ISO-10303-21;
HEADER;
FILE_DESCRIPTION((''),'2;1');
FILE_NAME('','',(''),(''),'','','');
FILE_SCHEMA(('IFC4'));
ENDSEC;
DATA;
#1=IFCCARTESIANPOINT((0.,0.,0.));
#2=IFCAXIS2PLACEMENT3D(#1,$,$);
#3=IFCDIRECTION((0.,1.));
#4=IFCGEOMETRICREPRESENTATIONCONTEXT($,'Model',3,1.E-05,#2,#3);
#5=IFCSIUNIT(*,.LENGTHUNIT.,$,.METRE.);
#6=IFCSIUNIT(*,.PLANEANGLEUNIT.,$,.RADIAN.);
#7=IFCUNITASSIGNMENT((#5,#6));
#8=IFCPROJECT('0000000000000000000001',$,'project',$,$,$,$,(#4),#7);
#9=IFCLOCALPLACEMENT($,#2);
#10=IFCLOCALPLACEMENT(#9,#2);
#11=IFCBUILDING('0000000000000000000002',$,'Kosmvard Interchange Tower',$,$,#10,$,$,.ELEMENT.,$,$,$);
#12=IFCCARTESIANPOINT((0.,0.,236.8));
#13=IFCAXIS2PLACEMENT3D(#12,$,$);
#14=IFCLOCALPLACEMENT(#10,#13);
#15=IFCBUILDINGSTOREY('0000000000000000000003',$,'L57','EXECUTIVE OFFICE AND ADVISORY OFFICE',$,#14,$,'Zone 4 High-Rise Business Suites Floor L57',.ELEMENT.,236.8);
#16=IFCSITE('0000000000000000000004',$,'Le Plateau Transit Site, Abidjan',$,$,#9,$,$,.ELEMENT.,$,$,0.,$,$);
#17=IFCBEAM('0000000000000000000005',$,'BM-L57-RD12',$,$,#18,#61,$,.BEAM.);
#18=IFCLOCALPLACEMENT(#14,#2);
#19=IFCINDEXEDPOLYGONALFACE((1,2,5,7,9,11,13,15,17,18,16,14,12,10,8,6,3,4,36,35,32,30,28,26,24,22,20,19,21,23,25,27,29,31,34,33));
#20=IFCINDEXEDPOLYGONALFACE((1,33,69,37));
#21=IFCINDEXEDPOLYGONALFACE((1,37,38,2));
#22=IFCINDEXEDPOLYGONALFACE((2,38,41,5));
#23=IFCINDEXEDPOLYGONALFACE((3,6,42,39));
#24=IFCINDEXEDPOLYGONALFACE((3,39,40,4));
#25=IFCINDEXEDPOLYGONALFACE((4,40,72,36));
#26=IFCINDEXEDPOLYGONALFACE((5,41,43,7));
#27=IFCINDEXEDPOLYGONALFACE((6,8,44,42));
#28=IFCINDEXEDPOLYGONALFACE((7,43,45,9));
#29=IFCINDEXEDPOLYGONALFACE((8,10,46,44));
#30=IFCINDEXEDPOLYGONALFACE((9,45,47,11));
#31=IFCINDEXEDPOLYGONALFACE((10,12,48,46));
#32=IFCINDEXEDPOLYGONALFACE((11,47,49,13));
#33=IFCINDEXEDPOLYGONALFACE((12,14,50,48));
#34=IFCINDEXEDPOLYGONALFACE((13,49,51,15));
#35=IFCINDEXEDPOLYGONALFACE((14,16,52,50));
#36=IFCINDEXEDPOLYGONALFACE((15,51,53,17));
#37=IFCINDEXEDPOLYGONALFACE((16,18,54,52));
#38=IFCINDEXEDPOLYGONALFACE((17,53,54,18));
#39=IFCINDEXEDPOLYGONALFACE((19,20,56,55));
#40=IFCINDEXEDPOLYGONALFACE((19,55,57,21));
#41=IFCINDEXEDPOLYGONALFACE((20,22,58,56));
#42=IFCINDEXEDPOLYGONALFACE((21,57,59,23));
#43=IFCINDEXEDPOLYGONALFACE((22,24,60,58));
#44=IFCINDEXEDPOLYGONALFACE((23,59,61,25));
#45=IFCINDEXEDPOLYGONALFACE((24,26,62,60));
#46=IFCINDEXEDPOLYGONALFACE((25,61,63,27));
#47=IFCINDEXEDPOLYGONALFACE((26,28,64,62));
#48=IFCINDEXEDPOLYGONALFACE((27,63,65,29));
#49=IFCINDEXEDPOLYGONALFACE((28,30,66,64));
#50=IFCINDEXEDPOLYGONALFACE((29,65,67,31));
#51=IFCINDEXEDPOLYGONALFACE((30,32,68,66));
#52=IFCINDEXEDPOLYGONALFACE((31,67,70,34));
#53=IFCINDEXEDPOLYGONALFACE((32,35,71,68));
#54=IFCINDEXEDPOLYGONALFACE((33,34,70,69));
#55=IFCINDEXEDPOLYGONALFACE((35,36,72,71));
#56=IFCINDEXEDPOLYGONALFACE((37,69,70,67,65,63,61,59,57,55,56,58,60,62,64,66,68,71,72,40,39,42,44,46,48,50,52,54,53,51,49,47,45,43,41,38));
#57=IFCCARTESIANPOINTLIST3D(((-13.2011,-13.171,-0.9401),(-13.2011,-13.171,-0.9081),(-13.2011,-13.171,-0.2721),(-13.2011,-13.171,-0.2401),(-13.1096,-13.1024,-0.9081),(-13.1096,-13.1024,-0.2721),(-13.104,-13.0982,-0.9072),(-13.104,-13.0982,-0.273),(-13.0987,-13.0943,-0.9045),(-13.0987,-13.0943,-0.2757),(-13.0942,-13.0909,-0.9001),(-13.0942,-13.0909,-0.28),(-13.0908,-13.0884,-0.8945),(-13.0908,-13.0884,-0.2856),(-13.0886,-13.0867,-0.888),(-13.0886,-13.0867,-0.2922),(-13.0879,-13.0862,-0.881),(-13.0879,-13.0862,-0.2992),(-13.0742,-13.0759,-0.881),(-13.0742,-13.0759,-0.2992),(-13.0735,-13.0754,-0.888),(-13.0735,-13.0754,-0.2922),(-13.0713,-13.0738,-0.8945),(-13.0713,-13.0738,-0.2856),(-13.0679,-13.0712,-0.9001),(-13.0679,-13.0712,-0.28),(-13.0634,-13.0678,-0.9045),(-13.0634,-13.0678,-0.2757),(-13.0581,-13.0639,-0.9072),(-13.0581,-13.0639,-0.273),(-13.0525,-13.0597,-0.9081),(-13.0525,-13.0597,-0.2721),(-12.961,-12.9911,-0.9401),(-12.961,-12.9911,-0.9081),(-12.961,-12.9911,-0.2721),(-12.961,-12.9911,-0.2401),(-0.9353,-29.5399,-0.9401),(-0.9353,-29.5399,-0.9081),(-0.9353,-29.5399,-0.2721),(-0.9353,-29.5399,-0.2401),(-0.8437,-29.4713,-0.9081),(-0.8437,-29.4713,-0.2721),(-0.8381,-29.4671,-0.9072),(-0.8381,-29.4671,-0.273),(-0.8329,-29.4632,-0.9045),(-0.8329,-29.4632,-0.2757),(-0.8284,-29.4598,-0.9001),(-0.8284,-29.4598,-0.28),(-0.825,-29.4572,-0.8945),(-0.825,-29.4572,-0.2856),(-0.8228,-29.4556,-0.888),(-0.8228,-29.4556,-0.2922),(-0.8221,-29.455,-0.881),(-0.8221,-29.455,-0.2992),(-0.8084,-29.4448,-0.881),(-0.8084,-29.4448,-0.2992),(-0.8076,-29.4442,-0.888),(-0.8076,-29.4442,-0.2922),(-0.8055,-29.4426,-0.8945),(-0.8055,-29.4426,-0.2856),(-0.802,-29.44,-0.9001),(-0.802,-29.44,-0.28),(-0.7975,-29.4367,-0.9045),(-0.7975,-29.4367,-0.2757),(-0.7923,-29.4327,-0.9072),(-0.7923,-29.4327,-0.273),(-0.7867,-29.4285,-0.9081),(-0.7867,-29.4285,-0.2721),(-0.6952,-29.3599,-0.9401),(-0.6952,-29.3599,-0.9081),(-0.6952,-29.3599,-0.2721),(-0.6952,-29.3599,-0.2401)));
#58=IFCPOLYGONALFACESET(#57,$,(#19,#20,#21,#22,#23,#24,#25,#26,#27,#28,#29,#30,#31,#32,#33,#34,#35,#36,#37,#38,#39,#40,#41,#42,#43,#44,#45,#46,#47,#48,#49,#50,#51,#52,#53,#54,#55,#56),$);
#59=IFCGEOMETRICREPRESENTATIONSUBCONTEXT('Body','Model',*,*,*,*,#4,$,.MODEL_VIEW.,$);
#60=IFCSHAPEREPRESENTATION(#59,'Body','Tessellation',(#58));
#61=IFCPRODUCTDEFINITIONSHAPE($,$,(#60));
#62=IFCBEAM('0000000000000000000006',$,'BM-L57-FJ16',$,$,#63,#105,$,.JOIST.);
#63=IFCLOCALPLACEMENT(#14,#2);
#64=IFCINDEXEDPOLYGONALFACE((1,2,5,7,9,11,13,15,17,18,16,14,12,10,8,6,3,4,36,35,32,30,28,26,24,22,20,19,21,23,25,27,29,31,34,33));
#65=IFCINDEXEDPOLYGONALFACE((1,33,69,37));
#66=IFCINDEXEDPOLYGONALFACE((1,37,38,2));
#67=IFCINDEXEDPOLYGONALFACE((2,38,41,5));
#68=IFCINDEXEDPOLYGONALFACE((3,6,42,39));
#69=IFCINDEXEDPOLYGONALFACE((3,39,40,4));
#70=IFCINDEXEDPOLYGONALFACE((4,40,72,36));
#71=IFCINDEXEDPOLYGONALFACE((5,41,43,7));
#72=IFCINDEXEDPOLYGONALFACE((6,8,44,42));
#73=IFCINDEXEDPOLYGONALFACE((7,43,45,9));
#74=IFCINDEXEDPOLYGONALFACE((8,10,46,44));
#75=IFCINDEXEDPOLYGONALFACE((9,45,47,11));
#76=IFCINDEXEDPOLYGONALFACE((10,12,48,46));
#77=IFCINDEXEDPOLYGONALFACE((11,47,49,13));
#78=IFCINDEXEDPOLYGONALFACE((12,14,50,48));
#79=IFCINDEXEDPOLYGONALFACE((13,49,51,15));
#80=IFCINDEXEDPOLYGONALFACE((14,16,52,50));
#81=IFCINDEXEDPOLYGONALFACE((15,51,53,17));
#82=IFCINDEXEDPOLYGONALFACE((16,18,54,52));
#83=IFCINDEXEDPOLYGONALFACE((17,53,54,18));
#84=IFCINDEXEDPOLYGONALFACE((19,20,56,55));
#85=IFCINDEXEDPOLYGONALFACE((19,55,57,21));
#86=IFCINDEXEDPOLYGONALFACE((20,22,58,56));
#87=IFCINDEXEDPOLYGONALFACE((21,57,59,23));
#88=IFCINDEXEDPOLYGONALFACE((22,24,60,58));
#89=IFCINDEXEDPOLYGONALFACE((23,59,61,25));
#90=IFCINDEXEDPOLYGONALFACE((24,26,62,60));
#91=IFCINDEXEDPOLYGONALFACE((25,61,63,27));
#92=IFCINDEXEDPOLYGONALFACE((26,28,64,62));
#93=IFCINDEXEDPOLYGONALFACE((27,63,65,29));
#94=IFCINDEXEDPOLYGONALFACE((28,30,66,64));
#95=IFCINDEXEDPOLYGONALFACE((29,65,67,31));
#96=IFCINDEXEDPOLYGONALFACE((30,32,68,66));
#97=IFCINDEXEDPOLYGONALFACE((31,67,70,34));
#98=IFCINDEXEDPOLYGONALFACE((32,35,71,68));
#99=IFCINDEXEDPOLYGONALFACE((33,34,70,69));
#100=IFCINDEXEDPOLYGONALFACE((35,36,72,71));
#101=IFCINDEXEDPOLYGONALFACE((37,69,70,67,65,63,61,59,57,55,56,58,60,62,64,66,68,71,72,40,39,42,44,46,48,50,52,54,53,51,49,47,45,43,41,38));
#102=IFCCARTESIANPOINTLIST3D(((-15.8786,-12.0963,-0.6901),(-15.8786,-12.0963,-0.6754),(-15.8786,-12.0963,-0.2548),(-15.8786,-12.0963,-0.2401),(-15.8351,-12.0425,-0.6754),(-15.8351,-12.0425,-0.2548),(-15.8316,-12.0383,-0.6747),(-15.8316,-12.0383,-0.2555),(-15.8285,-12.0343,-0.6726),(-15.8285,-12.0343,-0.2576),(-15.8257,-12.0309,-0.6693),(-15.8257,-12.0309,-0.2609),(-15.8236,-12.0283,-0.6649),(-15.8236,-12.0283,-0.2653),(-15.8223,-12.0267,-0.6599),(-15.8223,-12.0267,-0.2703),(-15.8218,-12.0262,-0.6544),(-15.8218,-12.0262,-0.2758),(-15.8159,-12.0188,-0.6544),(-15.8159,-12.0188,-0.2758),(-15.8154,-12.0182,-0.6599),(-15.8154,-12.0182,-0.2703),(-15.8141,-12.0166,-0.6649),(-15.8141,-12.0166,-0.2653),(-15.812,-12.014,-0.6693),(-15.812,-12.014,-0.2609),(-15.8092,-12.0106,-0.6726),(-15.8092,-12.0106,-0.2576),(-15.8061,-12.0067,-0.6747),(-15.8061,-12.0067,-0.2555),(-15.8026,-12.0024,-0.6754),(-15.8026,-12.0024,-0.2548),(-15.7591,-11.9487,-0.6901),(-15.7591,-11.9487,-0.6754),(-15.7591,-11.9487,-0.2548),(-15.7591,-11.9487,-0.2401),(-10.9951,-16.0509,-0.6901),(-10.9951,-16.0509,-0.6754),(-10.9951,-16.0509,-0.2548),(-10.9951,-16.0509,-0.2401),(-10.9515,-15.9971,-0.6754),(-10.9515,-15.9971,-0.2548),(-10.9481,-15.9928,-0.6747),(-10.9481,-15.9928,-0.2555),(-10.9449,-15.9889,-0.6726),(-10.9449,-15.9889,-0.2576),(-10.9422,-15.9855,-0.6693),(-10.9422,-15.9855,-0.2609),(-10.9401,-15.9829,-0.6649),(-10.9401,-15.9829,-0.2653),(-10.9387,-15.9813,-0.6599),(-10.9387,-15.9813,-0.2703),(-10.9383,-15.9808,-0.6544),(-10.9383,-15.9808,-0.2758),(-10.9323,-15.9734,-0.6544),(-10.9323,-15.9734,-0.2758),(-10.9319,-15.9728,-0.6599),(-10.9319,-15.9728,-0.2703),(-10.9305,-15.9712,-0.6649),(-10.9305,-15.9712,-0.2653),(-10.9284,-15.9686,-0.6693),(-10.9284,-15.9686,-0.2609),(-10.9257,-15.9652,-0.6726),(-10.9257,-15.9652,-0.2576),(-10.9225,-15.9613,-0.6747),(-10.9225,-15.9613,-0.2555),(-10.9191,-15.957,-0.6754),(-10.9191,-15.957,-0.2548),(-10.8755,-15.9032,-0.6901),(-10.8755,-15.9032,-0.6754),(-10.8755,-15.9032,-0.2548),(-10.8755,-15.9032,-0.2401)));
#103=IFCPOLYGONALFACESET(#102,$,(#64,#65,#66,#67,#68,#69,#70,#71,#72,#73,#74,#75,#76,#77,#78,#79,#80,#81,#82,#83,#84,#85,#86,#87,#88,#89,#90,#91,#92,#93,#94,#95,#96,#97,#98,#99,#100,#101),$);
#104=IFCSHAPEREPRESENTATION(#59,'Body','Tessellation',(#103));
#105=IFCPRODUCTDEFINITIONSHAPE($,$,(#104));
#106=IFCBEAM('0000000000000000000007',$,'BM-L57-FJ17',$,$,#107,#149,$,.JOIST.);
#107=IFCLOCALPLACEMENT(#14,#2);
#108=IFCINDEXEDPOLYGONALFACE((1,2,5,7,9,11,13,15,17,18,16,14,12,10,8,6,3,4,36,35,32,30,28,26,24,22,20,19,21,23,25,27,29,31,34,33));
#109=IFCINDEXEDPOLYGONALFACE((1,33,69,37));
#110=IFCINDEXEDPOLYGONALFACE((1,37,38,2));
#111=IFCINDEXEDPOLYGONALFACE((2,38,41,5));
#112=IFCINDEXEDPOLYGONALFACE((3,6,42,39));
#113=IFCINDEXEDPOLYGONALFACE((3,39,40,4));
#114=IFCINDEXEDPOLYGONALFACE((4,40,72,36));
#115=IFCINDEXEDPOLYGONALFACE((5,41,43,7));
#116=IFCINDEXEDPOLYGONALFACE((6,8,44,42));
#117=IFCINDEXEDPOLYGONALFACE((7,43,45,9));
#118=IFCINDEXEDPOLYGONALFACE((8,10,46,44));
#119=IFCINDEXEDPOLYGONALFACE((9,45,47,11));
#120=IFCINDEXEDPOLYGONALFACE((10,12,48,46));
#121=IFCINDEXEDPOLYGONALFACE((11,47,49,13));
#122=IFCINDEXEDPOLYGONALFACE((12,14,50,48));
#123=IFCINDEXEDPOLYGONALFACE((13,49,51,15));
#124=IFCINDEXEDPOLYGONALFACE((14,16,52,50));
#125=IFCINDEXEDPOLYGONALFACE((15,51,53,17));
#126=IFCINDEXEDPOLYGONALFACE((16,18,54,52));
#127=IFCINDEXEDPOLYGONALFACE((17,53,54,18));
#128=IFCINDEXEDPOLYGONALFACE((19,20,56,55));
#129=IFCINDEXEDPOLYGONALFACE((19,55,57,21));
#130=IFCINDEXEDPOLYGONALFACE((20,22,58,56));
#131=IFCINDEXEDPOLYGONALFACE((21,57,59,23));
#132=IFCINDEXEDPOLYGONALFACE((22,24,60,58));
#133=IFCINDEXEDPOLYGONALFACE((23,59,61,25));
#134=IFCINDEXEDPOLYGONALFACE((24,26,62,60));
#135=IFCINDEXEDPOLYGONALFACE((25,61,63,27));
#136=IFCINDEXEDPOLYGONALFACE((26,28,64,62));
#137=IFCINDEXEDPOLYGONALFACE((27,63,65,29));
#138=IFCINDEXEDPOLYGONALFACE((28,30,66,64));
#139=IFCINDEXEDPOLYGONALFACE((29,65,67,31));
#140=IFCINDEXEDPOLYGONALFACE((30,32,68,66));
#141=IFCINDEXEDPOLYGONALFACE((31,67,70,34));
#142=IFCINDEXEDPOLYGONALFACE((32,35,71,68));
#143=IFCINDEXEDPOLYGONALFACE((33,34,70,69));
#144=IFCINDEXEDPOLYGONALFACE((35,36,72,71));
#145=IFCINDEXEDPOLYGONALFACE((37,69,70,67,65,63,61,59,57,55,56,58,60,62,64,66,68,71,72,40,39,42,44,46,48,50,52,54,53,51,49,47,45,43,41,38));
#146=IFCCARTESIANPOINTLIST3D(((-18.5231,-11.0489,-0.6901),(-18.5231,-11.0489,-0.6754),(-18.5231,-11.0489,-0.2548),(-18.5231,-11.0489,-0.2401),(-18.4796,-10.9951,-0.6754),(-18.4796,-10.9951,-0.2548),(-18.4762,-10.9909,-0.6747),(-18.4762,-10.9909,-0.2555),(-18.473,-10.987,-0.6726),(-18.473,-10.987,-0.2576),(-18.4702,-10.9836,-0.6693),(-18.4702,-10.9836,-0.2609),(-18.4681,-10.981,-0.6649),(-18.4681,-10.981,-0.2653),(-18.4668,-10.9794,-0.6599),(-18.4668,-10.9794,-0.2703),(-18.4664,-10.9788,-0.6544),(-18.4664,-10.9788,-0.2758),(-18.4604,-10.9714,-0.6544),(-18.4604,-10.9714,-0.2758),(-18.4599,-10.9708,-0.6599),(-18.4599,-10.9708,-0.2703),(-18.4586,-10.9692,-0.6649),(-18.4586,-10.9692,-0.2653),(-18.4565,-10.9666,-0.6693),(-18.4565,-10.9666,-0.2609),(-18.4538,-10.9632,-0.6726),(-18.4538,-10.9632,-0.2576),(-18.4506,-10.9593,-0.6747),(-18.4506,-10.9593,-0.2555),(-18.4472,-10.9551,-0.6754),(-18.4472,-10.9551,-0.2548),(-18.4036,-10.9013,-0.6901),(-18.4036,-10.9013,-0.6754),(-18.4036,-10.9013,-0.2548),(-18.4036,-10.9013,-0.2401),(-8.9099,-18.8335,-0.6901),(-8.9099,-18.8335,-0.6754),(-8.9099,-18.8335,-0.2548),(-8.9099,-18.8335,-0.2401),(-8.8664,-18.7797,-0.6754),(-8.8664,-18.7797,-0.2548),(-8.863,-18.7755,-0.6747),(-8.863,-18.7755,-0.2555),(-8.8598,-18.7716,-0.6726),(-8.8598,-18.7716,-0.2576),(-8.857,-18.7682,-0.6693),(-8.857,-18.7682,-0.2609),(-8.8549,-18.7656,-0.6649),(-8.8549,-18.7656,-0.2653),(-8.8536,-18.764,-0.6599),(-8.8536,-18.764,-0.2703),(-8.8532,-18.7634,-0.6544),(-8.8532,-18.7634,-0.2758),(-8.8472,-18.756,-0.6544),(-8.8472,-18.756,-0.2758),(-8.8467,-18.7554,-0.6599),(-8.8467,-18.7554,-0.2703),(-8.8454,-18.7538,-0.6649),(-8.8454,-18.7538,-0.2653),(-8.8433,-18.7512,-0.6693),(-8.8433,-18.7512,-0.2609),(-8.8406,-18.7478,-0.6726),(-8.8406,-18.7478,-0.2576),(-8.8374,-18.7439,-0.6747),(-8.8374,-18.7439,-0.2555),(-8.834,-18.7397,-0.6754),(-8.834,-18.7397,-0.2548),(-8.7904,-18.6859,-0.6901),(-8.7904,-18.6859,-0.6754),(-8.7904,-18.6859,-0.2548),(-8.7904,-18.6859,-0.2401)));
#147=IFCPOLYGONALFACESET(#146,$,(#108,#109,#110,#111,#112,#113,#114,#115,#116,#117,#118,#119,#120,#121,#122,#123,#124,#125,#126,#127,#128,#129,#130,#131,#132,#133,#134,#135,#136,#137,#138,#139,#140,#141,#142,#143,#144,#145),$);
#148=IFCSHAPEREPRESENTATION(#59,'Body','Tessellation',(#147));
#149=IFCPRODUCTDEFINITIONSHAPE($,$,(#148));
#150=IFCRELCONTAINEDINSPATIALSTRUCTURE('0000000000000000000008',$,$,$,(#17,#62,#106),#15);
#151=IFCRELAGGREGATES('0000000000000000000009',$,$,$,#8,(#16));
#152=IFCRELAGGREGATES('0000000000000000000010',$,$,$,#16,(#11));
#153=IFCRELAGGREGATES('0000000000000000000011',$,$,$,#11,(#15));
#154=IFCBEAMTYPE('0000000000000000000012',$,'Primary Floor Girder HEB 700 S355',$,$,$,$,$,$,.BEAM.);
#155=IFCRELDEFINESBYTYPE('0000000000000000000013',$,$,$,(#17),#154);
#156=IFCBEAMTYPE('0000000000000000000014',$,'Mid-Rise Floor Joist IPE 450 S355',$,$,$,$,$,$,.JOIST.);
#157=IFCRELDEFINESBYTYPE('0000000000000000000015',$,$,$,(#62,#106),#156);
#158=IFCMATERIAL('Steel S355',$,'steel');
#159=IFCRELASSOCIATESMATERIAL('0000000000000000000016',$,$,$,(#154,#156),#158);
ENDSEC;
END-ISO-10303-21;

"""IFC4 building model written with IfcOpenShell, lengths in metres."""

from ifc_helpers import new_model, si_unit, direction, frame, origin, origin_2d, place, context, subcontext, project, spatial, i_section, extrude, source, transform, mapped, material, material_profile, profile_set, type_object, element, save


model = new_model("IFC4")

# Units and contexts
model_context = context("Model", 3, precision=1e-05, world=origin(), true_north=direction((0.0, 1.0)))
body_context = subcontext(model_context, "Body", "Model", "MODEL_VIEW")
ifc_project = project(units=[si_unit("LENGTHUNIT", "METRE"), si_unit("PLANEANGLEUNIT", "RADIAN")], contexts=[model_context])

# Site, building, storey
site_placement = place(None, origin())
site = spatial("IfcSite", under=ifc_project, at=site_placement, Name="Le Plateau Transit Site, Abidjan", CompositionType="ELEMENT", RefElevation=0.0)
building_placement = place(site_placement, origin())
building = spatial("IfcBuilding", under=site, at=building_placement, Name="Kosmvard Interchange Tower", CompositionType="ELEMENT")
storey_placement = place(building_placement, frame((0.0, 0.0, 236.8)))
storey = spatial("IfcBuildingStorey", under=building, at=storey_placement, Name="L57", Description="EXECUTIVE OFFICE AND ADVISORY OFFICE", LongName="Zone 4 High-Rise Business Suites Floor L57", CompositionType="ELEMENT", Elevation=236.8)

# Beams
ifc_material_1 = material(Name="Steel S355", Category="steel")
ifc_material_profile_1 = material_profile(ifc_material_1, i_section(OverallWidth=0.3, OverallDepth=0.7, WebThickness=0.0171, FlangeThickness=0.032, FilletRadius=0.0271, at=origin_2d()), Name="HEB 700")
ifc_profile_set_1 = profile_set([ifc_material_profile_1], Name="Steel S355")
beam_type_1 = type_object("IfcBeamType", Name="Primary Floor Girder HEB 700 S355", PredefinedType="BEAM", material=ifc_profile_set_1)
shared_shape_1 = source(origin(), body_context, "Body", "SweptSolid", [
    extrude(i_section(OverallWidth=0.3, OverallDepth=0.7, WebThickness=0.0171, FlangeThickness=0.032, FilletRadius=0.0271, at=origin_2d()), origin(), (0.0, 0.0, 1.0), 20.4546),
])
beam_1_placement = place(storey_placement, frame((-13.0811, -13.0811, -0.5901), z_axis=(0.599662, -0.800253, 0.0), x_axis=(0.800253, 0.599662, 0.0)))
element("IfcBeam", 1, at=beam_1_placement, inside=storey, type_object=beam_type_1, Name="BM-L57-RD12", PredefinedType="BEAM", context=body_context, shape_type="MappedRepresentation", body=[
    mapped(shared_shape_1, transform((0.0, 0.0, 0.0), scale=1.0)),
])
ifc_material_profile_2 = material_profile(ifc_material_1, i_section(OverallWidth=0.1899, OverallDepth=0.45, WebThickness=0.0095, FlangeThickness=0.0146, FilletRadius=0.021, at=origin_2d()), Name="IPE 450")
ifc_profile_set_2 = profile_set([ifc_material_profile_2], Name="Steel S355")
beam_type_2 = type_object("IfcBeamType", Name="Mid-Rise Floor Joist IPE 450 S355", PredefinedType="JOIST", material=ifc_profile_set_2)
shared_shape_2 = source(origin(), body_context, "Body", "SweptSolid", [
    extrude(i_section(OverallWidth=0.1899, OverallDepth=0.45, WebThickness=0.0095, FlangeThickness=0.0146, FilletRadius=0.021, at=origin_2d()), origin(), (0.0, 0.0, 1.0), 6.2839),
])
beam_2_placement = place(storey_placement, frame((-15.8188, -12.0225, -0.4651), z_axis=(0.777148, -0.629318, 0.0), x_axis=(0.629318, 0.777148, 0.0)))
element("IfcBeam", 2, at=beam_2_placement, inside=storey, type_object=beam_type_2, Name="BM-L57-FJ16", PredefinedType="JOIST", context=body_context, shape_type="MappedRepresentation", body=[
    mapped(shared_shape_2, transform((0.0, 0.0, 0.0), scale=1.0)),
])
shared_shape_3 = source(origin(), body_context, "Body", "SweptSolid", [
    extrude(i_section(OverallWidth=0.1899, OverallDepth=0.45, WebThickness=0.0095, FlangeThickness=0.0146, FilletRadius=0.021, at=origin_2d()), origin(), (0.0, 0.0, 1.0), 12.3699),
])
beam_3_placement = place(storey_placement, frame((-18.4634, -10.9751, -0.4651), z_axis=(0.777147, -0.62932, 0.0), x_axis=(0.62932, 0.777147, 0.0)))
element("IfcBeam", 3, at=beam_3_placement, inside=storey, type_object=beam_type_2, Name="BM-L57-FJ17", PredefinedType="JOIST", context=body_context, shape_type="MappedRepresentation", body=[
    mapped(shared_shape_3, transform((0.0, 0.0, 0.0), scale=1.0)),
])

save(model, "model.ifc")
